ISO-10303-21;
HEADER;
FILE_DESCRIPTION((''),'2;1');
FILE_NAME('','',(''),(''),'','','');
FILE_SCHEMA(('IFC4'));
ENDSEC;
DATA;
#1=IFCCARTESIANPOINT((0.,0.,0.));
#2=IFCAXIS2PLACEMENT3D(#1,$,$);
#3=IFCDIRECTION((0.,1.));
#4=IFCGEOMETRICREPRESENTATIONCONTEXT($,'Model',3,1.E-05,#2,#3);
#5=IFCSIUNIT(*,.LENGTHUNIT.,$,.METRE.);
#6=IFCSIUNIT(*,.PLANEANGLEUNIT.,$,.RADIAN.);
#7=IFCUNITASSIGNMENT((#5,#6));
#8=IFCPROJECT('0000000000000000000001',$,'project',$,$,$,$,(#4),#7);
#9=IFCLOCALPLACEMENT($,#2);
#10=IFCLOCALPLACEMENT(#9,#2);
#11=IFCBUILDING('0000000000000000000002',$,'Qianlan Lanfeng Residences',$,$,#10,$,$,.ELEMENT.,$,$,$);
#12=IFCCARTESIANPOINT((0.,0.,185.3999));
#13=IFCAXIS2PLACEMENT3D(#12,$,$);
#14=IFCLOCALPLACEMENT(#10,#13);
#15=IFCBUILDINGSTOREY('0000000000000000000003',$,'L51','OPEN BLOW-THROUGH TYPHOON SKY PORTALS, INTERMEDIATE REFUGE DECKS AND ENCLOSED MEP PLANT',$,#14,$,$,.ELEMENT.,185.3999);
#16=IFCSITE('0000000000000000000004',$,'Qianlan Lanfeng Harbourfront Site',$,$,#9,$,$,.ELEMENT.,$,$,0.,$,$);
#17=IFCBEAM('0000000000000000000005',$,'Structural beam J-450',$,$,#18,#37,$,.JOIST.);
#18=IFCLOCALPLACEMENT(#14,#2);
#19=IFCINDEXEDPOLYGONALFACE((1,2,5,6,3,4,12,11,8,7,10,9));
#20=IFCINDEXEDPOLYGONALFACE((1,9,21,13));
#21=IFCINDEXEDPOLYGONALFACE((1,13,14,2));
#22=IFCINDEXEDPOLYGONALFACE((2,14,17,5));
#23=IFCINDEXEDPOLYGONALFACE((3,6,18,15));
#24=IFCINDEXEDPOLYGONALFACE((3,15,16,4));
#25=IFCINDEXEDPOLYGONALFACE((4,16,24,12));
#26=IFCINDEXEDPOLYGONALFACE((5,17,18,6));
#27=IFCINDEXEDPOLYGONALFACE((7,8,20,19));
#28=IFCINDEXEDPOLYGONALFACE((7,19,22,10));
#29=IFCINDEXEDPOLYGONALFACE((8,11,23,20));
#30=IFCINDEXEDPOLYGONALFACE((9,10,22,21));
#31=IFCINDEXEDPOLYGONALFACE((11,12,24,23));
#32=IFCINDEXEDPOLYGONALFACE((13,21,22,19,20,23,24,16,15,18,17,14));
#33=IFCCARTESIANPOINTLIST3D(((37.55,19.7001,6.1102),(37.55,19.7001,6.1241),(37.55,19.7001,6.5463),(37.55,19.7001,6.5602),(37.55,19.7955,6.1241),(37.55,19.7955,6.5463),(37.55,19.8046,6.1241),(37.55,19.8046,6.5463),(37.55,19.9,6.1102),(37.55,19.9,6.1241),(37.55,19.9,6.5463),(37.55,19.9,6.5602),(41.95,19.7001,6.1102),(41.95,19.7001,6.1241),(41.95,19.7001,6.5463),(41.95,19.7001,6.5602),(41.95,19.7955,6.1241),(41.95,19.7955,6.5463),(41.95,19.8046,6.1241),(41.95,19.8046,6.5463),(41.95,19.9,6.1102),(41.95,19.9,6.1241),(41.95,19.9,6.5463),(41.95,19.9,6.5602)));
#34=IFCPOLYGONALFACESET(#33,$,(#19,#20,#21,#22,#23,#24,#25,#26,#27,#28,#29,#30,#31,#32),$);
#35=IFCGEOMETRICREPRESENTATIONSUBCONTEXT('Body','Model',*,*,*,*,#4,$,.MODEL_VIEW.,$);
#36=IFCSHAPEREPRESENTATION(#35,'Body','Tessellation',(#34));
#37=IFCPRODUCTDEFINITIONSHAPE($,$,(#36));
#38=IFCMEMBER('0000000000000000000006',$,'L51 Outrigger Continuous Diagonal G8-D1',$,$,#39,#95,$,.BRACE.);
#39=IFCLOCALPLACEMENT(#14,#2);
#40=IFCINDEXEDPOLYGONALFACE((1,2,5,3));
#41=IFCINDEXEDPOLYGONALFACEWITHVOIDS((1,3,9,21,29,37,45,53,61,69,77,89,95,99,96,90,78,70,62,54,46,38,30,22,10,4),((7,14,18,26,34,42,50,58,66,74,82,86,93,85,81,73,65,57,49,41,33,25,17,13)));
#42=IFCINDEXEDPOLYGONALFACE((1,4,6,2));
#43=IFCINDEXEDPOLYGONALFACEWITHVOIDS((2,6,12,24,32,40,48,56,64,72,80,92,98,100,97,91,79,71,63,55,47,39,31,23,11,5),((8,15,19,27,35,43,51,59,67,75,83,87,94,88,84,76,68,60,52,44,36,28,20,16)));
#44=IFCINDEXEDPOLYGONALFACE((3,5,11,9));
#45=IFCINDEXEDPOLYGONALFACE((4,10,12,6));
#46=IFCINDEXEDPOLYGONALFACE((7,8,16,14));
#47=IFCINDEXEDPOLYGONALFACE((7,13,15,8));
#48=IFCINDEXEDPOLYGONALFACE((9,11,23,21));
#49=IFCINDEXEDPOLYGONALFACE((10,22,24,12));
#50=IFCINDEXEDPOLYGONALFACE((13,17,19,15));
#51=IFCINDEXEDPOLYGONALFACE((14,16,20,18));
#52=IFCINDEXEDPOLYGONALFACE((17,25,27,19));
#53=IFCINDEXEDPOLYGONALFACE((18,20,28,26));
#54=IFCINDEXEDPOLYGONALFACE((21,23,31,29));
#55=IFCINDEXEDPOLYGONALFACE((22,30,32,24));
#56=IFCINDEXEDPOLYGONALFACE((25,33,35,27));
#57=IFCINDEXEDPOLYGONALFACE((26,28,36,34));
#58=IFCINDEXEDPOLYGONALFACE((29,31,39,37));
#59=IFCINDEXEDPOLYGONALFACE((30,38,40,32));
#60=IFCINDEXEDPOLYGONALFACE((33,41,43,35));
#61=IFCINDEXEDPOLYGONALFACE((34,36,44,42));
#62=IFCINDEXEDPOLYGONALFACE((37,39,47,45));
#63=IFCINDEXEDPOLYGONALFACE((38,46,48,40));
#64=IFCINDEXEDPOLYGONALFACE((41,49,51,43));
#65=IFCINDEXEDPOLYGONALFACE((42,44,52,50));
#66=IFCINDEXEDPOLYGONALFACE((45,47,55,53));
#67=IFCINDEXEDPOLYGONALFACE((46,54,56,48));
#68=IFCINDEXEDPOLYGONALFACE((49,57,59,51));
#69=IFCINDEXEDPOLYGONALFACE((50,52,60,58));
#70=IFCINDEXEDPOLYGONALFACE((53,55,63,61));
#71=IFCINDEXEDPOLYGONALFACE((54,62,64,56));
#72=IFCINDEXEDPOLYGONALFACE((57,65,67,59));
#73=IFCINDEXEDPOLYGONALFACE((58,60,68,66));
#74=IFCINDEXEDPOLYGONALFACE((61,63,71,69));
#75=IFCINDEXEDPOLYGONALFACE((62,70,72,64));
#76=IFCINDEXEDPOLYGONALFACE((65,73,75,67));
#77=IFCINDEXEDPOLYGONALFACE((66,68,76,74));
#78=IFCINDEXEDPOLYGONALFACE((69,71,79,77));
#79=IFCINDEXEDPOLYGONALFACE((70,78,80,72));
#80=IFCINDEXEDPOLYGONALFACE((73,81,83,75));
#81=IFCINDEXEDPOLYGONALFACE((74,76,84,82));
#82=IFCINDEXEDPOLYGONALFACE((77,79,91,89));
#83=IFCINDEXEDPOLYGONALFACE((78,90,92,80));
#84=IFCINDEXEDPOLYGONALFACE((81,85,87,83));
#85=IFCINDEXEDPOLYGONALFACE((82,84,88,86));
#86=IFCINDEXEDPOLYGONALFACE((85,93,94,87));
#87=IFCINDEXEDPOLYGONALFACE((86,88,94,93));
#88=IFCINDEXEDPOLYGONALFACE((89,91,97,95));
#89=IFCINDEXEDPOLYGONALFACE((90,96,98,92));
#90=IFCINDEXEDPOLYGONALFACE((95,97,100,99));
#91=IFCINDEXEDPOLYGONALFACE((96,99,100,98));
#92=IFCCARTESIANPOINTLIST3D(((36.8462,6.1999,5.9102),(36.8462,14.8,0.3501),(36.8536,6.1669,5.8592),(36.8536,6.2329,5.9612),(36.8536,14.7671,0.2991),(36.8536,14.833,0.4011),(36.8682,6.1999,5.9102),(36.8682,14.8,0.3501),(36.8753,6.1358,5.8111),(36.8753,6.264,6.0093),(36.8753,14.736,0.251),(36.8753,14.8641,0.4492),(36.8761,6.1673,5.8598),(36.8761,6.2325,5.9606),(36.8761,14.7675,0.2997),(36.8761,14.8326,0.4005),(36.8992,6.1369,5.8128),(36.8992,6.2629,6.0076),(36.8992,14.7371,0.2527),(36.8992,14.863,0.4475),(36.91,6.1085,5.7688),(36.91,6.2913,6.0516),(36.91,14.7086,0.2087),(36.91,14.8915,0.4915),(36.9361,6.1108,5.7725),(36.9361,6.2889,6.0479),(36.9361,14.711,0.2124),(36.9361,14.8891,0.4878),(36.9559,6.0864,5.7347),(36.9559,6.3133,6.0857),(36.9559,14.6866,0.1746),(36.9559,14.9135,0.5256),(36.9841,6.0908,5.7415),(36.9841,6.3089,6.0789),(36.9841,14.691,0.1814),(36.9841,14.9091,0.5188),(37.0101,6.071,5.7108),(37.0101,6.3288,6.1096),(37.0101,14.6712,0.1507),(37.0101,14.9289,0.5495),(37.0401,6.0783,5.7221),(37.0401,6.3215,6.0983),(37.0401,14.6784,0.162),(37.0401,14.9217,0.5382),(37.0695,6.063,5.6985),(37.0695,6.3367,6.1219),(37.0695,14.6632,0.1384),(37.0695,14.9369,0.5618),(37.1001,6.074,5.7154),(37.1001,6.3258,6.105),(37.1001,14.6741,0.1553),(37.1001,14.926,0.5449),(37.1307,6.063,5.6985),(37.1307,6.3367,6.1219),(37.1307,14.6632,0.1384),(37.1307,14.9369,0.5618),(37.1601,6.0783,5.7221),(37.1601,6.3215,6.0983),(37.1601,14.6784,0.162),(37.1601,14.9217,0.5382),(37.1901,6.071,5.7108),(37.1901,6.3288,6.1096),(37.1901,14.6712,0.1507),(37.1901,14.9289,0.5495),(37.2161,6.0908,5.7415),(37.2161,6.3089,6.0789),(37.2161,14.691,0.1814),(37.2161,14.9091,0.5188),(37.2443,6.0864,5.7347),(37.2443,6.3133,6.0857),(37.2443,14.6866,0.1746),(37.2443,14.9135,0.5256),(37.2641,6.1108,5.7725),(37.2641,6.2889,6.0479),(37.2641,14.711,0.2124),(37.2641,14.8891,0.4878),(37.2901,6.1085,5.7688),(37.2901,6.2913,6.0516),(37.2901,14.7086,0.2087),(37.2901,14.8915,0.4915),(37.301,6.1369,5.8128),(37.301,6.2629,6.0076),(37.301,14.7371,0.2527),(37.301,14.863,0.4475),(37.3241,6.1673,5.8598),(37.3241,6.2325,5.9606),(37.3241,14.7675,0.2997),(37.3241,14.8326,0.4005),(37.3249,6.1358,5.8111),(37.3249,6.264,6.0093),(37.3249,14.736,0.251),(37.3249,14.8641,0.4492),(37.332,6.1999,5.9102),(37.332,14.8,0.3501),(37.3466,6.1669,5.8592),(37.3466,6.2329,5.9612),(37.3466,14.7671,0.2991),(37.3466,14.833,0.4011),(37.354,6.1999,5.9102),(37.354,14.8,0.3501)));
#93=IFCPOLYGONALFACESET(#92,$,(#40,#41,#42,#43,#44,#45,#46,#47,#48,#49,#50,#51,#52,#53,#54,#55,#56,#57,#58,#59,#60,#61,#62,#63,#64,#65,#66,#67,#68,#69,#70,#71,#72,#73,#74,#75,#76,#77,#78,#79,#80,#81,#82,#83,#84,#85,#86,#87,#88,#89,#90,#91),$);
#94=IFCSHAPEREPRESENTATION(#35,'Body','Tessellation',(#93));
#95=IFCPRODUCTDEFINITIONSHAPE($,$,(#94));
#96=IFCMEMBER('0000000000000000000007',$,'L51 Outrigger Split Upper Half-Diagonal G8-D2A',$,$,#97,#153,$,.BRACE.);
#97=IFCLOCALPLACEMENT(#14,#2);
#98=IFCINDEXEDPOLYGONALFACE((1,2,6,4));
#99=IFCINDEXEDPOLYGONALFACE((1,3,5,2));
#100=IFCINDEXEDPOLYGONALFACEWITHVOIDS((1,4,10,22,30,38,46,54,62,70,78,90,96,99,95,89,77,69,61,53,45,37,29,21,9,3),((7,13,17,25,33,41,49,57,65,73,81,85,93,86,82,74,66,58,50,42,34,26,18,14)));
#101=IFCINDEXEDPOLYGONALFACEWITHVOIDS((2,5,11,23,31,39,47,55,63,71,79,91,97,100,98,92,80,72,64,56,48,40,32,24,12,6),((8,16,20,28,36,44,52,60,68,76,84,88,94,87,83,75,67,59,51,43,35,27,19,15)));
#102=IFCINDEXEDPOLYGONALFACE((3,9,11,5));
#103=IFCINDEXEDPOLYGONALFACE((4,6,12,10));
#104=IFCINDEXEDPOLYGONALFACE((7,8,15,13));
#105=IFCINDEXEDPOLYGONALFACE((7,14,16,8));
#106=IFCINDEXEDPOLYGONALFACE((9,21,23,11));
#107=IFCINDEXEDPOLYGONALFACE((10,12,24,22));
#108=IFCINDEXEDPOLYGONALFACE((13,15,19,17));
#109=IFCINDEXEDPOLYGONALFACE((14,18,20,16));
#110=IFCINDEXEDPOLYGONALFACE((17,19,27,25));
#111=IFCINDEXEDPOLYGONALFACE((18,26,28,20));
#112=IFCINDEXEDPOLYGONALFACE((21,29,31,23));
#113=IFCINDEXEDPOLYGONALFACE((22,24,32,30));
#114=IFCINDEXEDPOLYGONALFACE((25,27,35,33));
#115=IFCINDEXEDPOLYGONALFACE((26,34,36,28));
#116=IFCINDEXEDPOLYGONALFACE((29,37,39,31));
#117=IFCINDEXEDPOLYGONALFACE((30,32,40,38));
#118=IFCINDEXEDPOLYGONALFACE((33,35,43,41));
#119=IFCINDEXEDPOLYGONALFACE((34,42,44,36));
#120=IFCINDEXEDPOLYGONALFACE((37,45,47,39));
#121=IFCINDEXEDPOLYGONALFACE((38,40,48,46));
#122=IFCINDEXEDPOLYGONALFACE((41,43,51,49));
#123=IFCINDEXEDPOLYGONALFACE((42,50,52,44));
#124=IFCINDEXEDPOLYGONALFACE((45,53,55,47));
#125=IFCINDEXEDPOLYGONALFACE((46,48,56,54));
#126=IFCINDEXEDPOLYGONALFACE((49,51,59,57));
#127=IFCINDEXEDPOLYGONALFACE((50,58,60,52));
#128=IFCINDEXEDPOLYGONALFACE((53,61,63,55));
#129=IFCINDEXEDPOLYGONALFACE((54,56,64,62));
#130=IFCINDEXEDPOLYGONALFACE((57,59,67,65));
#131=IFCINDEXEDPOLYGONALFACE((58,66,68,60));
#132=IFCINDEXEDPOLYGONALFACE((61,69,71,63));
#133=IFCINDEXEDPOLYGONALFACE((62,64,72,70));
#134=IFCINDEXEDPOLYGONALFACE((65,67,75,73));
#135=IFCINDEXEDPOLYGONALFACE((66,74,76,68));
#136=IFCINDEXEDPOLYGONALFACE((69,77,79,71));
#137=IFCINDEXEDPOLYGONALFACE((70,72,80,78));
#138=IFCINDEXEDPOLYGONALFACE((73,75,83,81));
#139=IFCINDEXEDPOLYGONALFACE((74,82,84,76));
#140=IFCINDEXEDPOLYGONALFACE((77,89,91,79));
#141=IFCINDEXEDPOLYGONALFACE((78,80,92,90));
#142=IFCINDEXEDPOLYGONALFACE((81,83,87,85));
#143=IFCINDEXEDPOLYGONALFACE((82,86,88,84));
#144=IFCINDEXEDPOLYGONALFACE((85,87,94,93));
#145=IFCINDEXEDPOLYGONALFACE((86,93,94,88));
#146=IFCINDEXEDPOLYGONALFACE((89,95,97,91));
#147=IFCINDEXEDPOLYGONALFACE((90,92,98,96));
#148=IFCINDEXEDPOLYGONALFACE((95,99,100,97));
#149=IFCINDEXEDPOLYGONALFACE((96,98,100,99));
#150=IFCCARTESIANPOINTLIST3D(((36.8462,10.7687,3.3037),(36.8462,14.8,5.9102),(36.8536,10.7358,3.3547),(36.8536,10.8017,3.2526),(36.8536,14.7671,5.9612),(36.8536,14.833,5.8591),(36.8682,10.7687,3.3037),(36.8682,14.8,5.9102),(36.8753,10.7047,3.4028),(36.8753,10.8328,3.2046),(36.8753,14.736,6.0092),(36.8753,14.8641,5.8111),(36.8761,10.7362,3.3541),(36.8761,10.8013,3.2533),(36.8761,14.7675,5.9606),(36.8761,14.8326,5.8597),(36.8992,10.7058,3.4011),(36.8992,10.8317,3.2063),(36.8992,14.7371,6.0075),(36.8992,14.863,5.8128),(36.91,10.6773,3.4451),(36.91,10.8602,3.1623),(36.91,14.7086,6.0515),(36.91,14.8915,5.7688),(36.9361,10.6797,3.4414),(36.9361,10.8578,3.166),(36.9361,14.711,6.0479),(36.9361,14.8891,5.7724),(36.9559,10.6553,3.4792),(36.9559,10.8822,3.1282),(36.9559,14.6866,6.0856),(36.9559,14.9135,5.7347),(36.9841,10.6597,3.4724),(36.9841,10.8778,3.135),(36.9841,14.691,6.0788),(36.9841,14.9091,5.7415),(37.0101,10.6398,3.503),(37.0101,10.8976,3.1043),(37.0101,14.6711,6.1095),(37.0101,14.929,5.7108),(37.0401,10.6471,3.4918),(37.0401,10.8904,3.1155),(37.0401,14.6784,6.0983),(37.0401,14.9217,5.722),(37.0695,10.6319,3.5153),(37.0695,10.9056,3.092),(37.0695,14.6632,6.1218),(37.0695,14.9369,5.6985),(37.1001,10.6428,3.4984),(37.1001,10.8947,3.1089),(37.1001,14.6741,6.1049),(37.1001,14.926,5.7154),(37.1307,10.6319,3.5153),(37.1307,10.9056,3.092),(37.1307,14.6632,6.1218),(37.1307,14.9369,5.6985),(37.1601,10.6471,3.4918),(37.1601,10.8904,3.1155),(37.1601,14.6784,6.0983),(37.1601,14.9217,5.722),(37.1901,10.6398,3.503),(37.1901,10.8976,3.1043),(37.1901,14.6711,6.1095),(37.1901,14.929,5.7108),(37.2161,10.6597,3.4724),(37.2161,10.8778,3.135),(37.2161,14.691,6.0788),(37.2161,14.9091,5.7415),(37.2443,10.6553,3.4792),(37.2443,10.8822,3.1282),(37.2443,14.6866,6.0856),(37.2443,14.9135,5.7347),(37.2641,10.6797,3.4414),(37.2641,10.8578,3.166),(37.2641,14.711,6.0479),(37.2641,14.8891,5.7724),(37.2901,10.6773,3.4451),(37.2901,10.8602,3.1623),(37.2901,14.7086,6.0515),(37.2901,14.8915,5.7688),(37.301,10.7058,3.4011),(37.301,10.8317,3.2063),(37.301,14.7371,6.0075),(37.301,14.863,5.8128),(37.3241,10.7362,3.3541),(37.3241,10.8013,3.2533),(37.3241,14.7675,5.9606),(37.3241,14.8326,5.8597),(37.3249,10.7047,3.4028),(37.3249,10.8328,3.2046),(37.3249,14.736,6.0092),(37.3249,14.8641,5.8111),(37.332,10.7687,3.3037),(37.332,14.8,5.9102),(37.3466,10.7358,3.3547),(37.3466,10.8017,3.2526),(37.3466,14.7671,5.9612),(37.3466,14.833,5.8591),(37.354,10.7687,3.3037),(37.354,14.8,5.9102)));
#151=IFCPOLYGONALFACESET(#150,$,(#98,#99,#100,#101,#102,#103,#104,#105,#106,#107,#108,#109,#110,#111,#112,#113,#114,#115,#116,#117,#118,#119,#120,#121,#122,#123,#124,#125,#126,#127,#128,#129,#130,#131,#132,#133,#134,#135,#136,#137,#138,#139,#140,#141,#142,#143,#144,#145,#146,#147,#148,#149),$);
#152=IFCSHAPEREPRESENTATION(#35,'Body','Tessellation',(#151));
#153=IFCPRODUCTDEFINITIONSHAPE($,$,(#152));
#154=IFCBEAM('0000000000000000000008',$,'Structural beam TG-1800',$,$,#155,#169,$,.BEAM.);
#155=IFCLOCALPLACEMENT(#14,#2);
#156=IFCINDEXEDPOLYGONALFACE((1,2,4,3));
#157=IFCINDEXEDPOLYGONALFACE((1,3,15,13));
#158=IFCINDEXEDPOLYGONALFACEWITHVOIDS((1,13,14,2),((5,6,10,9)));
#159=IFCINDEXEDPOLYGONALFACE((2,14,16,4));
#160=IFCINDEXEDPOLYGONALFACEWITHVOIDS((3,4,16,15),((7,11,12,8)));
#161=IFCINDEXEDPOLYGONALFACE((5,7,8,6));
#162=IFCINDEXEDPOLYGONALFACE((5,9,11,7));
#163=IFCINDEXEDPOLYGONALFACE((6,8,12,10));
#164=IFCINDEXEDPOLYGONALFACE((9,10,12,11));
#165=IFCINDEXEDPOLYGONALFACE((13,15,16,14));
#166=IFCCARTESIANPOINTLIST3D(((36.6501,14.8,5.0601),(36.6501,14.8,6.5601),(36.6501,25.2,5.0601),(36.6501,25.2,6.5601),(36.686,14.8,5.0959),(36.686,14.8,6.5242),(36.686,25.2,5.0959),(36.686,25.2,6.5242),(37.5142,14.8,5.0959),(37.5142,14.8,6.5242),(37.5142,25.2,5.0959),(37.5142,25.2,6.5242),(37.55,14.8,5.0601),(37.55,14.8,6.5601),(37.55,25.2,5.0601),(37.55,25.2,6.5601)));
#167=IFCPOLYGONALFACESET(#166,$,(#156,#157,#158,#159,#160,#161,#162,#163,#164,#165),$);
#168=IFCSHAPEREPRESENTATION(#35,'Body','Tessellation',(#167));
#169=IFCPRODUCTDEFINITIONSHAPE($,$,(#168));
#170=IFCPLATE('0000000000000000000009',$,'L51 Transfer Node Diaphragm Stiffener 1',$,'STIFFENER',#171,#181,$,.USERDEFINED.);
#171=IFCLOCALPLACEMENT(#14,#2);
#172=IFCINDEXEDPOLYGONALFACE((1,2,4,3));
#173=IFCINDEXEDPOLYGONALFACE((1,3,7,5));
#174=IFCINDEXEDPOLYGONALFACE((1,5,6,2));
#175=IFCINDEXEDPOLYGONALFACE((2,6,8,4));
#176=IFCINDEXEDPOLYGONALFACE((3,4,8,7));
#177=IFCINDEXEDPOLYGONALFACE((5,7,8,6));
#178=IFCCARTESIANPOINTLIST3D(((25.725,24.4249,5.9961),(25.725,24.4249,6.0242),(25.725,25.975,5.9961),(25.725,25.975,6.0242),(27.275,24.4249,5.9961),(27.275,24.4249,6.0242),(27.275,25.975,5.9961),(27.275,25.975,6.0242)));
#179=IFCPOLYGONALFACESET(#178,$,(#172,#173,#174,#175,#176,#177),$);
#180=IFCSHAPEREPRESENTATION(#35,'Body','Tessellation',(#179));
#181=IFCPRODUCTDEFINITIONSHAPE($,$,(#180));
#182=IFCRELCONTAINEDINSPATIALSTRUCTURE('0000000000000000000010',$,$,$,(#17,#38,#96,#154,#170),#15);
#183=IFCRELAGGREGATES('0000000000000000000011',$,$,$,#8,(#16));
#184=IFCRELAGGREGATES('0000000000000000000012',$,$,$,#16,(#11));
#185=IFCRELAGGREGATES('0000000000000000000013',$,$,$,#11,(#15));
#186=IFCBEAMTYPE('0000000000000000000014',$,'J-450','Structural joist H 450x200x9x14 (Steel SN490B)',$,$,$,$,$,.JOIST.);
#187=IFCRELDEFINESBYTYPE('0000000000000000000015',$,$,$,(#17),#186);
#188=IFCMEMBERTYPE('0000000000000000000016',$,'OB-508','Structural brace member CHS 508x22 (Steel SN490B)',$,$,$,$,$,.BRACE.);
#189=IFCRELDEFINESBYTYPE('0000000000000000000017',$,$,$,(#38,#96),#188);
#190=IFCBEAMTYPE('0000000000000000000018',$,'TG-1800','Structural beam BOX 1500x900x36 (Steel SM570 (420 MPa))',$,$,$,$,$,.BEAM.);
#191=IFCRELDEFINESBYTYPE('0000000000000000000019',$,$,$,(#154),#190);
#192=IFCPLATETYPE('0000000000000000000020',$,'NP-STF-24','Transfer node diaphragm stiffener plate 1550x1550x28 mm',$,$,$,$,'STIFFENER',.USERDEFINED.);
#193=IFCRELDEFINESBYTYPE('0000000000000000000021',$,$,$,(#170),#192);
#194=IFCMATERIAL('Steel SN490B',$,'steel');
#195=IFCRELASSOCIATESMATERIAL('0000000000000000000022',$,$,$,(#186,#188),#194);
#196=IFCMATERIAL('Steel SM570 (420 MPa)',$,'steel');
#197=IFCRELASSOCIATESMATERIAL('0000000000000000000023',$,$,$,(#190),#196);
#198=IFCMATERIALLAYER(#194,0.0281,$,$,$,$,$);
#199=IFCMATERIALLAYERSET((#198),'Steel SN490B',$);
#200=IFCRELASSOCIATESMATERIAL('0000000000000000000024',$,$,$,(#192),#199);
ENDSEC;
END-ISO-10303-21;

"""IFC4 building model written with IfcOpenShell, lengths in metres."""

from ifc_helpers import new_model, si_unit, direction, frame, origin, origin_2d, place, context, subcontext, project, spatial, rectangle, hollow_rectangle, hollow_circle, i_section, extrude, source, transform, mapped, material, layer, layer_set, material_profile, profile_set, type_object, element, save


model = new_model("IFC4")

# Units and contexts
model_context = context("Model", 3, precision=1e-05, world=origin(), true_north=direction((0.0, 1.0)))
body_context = subcontext(model_context, "Body", "Model", "MODEL_VIEW")
ifc_project = project(units=[si_unit("LENGTHUNIT", "METRE"), si_unit("PLANEANGLEUNIT", "RADIAN")], contexts=[model_context])

# Site, building, storey
site_placement = place(None, origin())
site = spatial("IfcSite", under=ifc_project, at=site_placement, Name="Qianlan Lanfeng Harbourfront Site", CompositionType="ELEMENT", RefElevation=0.0)
building_placement = place(site_placement, origin())
building = spatial("IfcBuilding", under=site, at=building_placement, Name="Qianlan Lanfeng Residences", CompositionType="ELEMENT")
storey_placement = place(building_placement, frame((0.0, 0.0, 185.3999)))
storey = spatial("IfcBuildingStorey", under=building, at=storey_placement, Name="L51", Description="OPEN BLOW-THROUGH TYPHOON SKY PORTALS, INTERMEDIATE REFUGE DECKS AND ENCLOSED MEP PLANT", CompositionType="ELEMENT", Elevation=185.3999)

# Beam
ifc_material_1 = material(Name="Steel SN490B", Category="steel")
ifc_material_profile_1 = material_profile(ifc_material_1, i_section(OverallWidth=0.2, OverallDepth=0.45, WebThickness=0.009, FlangeThickness=0.0139, at=origin_2d()), Name="H 450x200x9x14")
ifc_profile_set_1 = profile_set([ifc_material_profile_1], Name="Steel SN490B")
beam_type_1 = type_object("IfcBeamType", Name="J-450", Description="Structural joist H 450x200x9x14 (Steel SN490B)", PredefinedType="JOIST", material=ifc_profile_set_1)
beam_1_placement = place(storey_placement, frame((37.55, 19.8, 6.3352), z_axis=(1.0, 0.0, 0.0), x_axis=(0.0, 1.0, 0.0)))
element("IfcBeam", 1, at=beam_1_placement, inside=storey, type_object=beam_type_1, Name="Structural beam J-450", PredefinedType="JOIST", context=body_context, shape_type="SweptSolid", body=[
    extrude(i_section(OverallWidth=0.2, OverallDepth=0.45, WebThickness=0.009, FlangeThickness=0.0139, at=origin_2d()), origin(), (0.0, 0.0, 1.0), 4.3999),
])

# Members
ifc_material_profile_2 = material_profile(ifc_material_1, hollow_circle(Radius=0.2539, WallThickness=0.022, at=origin_2d()), Name="CHS 508x22")
ifc_profile_set_2 = profile_set([ifc_material_profile_2], Name="Steel SN490B")
member_type = type_object("IfcMemberType", Name="OB-508", Description="Structural brace member CHS 508x22 (Steel SN490B)", PredefinedType="BRACE", material=ifc_profile_set_2)
member_1_placement = place(storey_placement, frame((37.1001, 14.8, 0.3501), z_axis=(0.0, -0.83978, 0.542927), x_axis=(1.0, 0.0, 0.0)))
element("IfcMember", 2, at=member_1_placement, inside=storey, type_object=member_type, Name="L51 Outrigger Continuous Diagonal G8-D1", PredefinedType="BRACE", context=body_context, shape_type="SweptSolid", body=[
    extrude(hollow_circle(Radius=0.2539, WallThickness=0.022, at=origin_2d()), origin(), (0.0, 0.0, 1.0), 10.241),
])
member_2_placement = place(storey_placement, frame((37.1001, 14.8, 5.9102), z_axis=(0.0, -0.839761, -0.542956), x_axis=(1.0, 0.0, 0.0)))
element("IfcMember", 3, at=member_2_placement, inside=storey, type_object=member_type, Name="L51 Outrigger Split Upper Half-Diagonal G8-D2A", PredefinedType="BRACE", context=body_context, shape_type="SweptSolid", body=[
    extrude(hollow_circle(Radius=0.2539, WallThickness=0.022, at=origin_2d()), origin(), (0.0, 0.0, 1.0), 4.8005),
])

# Beam
ifc_material_2 = material(Name="Steel SM570 (420 MPa)", Category="steel")
ifc_material_profile_3 = material_profile(ifc_material_2, hollow_rectangle(XDim=0.8999, YDim=1.5, WallThickness=0.0359, at=origin_2d()), Name="BOX 1500x900x36")
ifc_profile_set_3 = profile_set([ifc_material_profile_3], Name="Steel SM570 (420 MPa)")
beam_type_2 = type_object("IfcBeamType", Name="TG-1800", Description="Structural beam BOX 1500x900x36 (Steel SM570 (420 MPa))", PredefinedType="BEAM", material=ifc_profile_set_3)
beam_2_placement = place(storey_placement, frame((37.1001, 14.8, 5.8101), z_axis=(0.0, 1.0, 0.0), x_axis=(-1.0, 0.0, 0.0)))
element("IfcBeam", 4, at=beam_2_placement, inside=storey, type_object=beam_type_2, Name="Structural beam TG-1800", PredefinedType="BEAM", context=body_context, shape_type="SweptSolid", body=[
    extrude(hollow_rectangle(XDim=0.8999, YDim=1.5, WallThickness=0.0359, at=origin_2d()), origin(), (0.0, 0.0, 1.0), 10.3999),
])

# Plate
ifc_layer_1 = layer(ifc_material_1, 0.0281)
ifc_layer_set_1 = layer_set([ifc_layer_1], Name="Steel SN490B")
plate_type_1 = type_object("IfcPlateType", Name="NP-STF-24", Description="Transfer node diaphragm stiffener plate 1550x1550x28 mm", ElementType="STIFFENER", PredefinedType="USERDEFINED", material=ifc_layer_set_1)
shared_shape_1 = source(origin(), body_context, "Body", "SweptSolid", [
    extrude(rectangle(XDim=1.55, YDim=1.55, at=origin_2d()), origin(), (0.0, 0.0, 1.0), 0.0281),
])
plate_placement = place(storey_placement, frame((26.5, 25.2, 5.9961), z_axis=(0.0, 0.0, 1.0), x_axis=(1.0, 0.0, 0.0)))
element("IfcPlate", 5, at=plate_placement, inside=storey, type_object=plate_type_1, Name="L51 Transfer Node Diaphragm Stiffener 1", ObjectType="STIFFENER", PredefinedType="USERDEFINED", context=body_context, shape_type="MappedRepresentation", body=[
    mapped(shared_shape_1, transform((0.0, 0.0, 0.0), scale=1.0)),
])

save(model, "model.ifc")
